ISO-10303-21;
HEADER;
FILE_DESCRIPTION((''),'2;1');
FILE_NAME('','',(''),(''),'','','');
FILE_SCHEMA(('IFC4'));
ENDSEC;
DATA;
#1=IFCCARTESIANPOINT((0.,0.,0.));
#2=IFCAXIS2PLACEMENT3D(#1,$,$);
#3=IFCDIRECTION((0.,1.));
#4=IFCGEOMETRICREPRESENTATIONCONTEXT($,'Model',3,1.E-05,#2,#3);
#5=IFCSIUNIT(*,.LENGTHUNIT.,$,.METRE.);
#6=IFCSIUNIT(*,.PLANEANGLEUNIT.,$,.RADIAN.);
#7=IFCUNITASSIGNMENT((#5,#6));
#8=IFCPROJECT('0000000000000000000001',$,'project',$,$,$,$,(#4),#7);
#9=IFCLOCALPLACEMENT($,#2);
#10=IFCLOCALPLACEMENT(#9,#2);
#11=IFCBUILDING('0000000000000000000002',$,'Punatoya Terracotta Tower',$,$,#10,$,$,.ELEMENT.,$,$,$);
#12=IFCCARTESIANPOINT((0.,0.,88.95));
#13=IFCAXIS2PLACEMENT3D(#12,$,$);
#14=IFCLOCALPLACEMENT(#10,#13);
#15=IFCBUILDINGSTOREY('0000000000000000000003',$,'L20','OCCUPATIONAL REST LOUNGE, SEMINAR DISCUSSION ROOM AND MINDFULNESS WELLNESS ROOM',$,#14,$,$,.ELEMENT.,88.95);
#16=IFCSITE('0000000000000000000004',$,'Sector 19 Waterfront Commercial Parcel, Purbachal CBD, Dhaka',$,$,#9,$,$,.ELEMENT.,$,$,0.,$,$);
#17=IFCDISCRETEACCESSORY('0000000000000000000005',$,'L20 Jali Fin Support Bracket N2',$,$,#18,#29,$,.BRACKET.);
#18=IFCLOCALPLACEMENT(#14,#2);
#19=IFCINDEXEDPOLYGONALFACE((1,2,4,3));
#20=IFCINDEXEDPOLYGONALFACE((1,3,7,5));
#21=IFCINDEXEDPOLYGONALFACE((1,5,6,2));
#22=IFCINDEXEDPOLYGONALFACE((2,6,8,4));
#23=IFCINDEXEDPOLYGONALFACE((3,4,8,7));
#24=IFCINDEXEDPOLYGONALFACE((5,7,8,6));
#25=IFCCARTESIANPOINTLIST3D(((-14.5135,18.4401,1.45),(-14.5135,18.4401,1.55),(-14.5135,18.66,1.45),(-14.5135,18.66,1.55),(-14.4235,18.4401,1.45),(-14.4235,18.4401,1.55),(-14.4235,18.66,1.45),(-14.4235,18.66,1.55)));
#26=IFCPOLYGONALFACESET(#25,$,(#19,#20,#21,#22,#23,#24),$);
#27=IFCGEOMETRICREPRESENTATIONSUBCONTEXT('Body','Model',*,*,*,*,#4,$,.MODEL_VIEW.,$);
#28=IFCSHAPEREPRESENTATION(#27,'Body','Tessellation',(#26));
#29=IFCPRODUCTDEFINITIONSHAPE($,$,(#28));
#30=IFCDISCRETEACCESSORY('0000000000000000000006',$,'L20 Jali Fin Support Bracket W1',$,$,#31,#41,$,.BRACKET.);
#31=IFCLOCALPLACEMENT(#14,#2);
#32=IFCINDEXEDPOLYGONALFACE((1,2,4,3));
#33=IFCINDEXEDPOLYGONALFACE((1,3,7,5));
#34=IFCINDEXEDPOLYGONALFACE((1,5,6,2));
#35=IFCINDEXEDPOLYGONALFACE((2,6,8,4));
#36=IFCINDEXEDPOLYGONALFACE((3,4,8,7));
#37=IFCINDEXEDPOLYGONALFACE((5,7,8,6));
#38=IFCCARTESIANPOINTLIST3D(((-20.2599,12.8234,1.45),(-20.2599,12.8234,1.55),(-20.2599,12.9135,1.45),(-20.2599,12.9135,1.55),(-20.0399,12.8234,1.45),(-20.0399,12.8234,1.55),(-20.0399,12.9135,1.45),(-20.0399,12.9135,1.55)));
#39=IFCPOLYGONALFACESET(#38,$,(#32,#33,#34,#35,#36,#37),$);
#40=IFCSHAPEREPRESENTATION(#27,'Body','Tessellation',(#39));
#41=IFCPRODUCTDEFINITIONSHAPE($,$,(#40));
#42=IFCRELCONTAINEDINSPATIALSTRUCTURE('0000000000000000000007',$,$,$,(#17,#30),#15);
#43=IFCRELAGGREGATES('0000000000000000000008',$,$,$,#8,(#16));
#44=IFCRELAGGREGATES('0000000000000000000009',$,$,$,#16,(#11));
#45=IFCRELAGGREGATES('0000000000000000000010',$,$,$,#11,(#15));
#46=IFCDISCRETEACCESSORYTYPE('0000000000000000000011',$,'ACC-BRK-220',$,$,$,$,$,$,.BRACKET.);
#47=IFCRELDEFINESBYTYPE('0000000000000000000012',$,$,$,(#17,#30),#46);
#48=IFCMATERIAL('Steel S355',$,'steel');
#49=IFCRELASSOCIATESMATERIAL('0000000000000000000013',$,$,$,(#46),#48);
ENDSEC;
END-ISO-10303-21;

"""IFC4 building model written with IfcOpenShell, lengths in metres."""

from ifc_helpers import new_model, si_unit, direction, frame, origin, origin_2d, place, context, subcontext, project, spatial, rectangle, extrude, material, type_object, element, save


model = new_model("IFC4")

# Units and contexts
model_context = context("Model", 3, precision=1e-05, world=origin(), true_north=direction((0.0, 1.0)))
body_context = subcontext(model_context, "Body", "Model", "MODEL_VIEW")
ifc_project = project(units=[si_unit("LENGTHUNIT", "METRE"), si_unit("PLANEANGLEUNIT", "RADIAN")], contexts=[model_context])

# Site, building, storey
site_placement = place(None, origin())
site = spatial("IfcSite", under=ifc_project, at=site_placement, Name="Sector 19 Waterfront Commercial Parcel, Purbachal CBD, Dhaka", CompositionType="ELEMENT", RefElevation=0.0)
building_placement = place(site_placement, origin())
building = spatial("IfcBuilding", under=site, at=building_placement, Name="Punatoya Terracotta Tower", CompositionType="ELEMENT")
storey_placement = place(building_placement, frame((0.0, 0.0, 88.95)))
storey = spatial("IfcBuildingStorey", under=building, at=storey_placement, Name="L20", Description="OCCUPATIONAL REST LOUNGE, SEMINAR DISCUSSION ROOM AND MINDFULNESS WELLNESS ROOM", CompositionType="ELEMENT", Elevation=88.95)

# Shared definitions
ifc_material_1 = material(Name="Steel S355", Category="steel")

# Discrete accessories
discrete_accessory_type = type_object("IfcDiscreteAccessoryType", Name="ACC-BRK-220", PredefinedType="BRACKET", material=ifc_material_1)
for number, where, z_axis, x_axis, name in (
    (1, (-14.4685, 18.55, 1.45), (0.0, 0.0, 1.0), (-1.0, 0.0, 0.0), "L20 Jali Fin Support Bracket N2"),
    (2, (-20.1499, 12.8684, 1.45), (0.0, 0.0, 1.0), (0.0, -1.0, 0.0), "L20 Jali Fin Support Bracket W1"),
):
    element("IfcDiscreteAccessory", number, at=place(storey_placement, frame(where, z_axis=z_axis, x_axis=x_axis)), inside=storey, type_object=discrete_accessory_type, Name=name, PredefinedType="BRACKET", context=body_context, shape_type="SweptSolid", body=[
        extrude(rectangle(XDim=0.0901, YDim=0.22, at=origin_2d()), origin(), (0.0, 0.0, 1.0), 0.1001),
    ])

save(model, "model.ifc")
